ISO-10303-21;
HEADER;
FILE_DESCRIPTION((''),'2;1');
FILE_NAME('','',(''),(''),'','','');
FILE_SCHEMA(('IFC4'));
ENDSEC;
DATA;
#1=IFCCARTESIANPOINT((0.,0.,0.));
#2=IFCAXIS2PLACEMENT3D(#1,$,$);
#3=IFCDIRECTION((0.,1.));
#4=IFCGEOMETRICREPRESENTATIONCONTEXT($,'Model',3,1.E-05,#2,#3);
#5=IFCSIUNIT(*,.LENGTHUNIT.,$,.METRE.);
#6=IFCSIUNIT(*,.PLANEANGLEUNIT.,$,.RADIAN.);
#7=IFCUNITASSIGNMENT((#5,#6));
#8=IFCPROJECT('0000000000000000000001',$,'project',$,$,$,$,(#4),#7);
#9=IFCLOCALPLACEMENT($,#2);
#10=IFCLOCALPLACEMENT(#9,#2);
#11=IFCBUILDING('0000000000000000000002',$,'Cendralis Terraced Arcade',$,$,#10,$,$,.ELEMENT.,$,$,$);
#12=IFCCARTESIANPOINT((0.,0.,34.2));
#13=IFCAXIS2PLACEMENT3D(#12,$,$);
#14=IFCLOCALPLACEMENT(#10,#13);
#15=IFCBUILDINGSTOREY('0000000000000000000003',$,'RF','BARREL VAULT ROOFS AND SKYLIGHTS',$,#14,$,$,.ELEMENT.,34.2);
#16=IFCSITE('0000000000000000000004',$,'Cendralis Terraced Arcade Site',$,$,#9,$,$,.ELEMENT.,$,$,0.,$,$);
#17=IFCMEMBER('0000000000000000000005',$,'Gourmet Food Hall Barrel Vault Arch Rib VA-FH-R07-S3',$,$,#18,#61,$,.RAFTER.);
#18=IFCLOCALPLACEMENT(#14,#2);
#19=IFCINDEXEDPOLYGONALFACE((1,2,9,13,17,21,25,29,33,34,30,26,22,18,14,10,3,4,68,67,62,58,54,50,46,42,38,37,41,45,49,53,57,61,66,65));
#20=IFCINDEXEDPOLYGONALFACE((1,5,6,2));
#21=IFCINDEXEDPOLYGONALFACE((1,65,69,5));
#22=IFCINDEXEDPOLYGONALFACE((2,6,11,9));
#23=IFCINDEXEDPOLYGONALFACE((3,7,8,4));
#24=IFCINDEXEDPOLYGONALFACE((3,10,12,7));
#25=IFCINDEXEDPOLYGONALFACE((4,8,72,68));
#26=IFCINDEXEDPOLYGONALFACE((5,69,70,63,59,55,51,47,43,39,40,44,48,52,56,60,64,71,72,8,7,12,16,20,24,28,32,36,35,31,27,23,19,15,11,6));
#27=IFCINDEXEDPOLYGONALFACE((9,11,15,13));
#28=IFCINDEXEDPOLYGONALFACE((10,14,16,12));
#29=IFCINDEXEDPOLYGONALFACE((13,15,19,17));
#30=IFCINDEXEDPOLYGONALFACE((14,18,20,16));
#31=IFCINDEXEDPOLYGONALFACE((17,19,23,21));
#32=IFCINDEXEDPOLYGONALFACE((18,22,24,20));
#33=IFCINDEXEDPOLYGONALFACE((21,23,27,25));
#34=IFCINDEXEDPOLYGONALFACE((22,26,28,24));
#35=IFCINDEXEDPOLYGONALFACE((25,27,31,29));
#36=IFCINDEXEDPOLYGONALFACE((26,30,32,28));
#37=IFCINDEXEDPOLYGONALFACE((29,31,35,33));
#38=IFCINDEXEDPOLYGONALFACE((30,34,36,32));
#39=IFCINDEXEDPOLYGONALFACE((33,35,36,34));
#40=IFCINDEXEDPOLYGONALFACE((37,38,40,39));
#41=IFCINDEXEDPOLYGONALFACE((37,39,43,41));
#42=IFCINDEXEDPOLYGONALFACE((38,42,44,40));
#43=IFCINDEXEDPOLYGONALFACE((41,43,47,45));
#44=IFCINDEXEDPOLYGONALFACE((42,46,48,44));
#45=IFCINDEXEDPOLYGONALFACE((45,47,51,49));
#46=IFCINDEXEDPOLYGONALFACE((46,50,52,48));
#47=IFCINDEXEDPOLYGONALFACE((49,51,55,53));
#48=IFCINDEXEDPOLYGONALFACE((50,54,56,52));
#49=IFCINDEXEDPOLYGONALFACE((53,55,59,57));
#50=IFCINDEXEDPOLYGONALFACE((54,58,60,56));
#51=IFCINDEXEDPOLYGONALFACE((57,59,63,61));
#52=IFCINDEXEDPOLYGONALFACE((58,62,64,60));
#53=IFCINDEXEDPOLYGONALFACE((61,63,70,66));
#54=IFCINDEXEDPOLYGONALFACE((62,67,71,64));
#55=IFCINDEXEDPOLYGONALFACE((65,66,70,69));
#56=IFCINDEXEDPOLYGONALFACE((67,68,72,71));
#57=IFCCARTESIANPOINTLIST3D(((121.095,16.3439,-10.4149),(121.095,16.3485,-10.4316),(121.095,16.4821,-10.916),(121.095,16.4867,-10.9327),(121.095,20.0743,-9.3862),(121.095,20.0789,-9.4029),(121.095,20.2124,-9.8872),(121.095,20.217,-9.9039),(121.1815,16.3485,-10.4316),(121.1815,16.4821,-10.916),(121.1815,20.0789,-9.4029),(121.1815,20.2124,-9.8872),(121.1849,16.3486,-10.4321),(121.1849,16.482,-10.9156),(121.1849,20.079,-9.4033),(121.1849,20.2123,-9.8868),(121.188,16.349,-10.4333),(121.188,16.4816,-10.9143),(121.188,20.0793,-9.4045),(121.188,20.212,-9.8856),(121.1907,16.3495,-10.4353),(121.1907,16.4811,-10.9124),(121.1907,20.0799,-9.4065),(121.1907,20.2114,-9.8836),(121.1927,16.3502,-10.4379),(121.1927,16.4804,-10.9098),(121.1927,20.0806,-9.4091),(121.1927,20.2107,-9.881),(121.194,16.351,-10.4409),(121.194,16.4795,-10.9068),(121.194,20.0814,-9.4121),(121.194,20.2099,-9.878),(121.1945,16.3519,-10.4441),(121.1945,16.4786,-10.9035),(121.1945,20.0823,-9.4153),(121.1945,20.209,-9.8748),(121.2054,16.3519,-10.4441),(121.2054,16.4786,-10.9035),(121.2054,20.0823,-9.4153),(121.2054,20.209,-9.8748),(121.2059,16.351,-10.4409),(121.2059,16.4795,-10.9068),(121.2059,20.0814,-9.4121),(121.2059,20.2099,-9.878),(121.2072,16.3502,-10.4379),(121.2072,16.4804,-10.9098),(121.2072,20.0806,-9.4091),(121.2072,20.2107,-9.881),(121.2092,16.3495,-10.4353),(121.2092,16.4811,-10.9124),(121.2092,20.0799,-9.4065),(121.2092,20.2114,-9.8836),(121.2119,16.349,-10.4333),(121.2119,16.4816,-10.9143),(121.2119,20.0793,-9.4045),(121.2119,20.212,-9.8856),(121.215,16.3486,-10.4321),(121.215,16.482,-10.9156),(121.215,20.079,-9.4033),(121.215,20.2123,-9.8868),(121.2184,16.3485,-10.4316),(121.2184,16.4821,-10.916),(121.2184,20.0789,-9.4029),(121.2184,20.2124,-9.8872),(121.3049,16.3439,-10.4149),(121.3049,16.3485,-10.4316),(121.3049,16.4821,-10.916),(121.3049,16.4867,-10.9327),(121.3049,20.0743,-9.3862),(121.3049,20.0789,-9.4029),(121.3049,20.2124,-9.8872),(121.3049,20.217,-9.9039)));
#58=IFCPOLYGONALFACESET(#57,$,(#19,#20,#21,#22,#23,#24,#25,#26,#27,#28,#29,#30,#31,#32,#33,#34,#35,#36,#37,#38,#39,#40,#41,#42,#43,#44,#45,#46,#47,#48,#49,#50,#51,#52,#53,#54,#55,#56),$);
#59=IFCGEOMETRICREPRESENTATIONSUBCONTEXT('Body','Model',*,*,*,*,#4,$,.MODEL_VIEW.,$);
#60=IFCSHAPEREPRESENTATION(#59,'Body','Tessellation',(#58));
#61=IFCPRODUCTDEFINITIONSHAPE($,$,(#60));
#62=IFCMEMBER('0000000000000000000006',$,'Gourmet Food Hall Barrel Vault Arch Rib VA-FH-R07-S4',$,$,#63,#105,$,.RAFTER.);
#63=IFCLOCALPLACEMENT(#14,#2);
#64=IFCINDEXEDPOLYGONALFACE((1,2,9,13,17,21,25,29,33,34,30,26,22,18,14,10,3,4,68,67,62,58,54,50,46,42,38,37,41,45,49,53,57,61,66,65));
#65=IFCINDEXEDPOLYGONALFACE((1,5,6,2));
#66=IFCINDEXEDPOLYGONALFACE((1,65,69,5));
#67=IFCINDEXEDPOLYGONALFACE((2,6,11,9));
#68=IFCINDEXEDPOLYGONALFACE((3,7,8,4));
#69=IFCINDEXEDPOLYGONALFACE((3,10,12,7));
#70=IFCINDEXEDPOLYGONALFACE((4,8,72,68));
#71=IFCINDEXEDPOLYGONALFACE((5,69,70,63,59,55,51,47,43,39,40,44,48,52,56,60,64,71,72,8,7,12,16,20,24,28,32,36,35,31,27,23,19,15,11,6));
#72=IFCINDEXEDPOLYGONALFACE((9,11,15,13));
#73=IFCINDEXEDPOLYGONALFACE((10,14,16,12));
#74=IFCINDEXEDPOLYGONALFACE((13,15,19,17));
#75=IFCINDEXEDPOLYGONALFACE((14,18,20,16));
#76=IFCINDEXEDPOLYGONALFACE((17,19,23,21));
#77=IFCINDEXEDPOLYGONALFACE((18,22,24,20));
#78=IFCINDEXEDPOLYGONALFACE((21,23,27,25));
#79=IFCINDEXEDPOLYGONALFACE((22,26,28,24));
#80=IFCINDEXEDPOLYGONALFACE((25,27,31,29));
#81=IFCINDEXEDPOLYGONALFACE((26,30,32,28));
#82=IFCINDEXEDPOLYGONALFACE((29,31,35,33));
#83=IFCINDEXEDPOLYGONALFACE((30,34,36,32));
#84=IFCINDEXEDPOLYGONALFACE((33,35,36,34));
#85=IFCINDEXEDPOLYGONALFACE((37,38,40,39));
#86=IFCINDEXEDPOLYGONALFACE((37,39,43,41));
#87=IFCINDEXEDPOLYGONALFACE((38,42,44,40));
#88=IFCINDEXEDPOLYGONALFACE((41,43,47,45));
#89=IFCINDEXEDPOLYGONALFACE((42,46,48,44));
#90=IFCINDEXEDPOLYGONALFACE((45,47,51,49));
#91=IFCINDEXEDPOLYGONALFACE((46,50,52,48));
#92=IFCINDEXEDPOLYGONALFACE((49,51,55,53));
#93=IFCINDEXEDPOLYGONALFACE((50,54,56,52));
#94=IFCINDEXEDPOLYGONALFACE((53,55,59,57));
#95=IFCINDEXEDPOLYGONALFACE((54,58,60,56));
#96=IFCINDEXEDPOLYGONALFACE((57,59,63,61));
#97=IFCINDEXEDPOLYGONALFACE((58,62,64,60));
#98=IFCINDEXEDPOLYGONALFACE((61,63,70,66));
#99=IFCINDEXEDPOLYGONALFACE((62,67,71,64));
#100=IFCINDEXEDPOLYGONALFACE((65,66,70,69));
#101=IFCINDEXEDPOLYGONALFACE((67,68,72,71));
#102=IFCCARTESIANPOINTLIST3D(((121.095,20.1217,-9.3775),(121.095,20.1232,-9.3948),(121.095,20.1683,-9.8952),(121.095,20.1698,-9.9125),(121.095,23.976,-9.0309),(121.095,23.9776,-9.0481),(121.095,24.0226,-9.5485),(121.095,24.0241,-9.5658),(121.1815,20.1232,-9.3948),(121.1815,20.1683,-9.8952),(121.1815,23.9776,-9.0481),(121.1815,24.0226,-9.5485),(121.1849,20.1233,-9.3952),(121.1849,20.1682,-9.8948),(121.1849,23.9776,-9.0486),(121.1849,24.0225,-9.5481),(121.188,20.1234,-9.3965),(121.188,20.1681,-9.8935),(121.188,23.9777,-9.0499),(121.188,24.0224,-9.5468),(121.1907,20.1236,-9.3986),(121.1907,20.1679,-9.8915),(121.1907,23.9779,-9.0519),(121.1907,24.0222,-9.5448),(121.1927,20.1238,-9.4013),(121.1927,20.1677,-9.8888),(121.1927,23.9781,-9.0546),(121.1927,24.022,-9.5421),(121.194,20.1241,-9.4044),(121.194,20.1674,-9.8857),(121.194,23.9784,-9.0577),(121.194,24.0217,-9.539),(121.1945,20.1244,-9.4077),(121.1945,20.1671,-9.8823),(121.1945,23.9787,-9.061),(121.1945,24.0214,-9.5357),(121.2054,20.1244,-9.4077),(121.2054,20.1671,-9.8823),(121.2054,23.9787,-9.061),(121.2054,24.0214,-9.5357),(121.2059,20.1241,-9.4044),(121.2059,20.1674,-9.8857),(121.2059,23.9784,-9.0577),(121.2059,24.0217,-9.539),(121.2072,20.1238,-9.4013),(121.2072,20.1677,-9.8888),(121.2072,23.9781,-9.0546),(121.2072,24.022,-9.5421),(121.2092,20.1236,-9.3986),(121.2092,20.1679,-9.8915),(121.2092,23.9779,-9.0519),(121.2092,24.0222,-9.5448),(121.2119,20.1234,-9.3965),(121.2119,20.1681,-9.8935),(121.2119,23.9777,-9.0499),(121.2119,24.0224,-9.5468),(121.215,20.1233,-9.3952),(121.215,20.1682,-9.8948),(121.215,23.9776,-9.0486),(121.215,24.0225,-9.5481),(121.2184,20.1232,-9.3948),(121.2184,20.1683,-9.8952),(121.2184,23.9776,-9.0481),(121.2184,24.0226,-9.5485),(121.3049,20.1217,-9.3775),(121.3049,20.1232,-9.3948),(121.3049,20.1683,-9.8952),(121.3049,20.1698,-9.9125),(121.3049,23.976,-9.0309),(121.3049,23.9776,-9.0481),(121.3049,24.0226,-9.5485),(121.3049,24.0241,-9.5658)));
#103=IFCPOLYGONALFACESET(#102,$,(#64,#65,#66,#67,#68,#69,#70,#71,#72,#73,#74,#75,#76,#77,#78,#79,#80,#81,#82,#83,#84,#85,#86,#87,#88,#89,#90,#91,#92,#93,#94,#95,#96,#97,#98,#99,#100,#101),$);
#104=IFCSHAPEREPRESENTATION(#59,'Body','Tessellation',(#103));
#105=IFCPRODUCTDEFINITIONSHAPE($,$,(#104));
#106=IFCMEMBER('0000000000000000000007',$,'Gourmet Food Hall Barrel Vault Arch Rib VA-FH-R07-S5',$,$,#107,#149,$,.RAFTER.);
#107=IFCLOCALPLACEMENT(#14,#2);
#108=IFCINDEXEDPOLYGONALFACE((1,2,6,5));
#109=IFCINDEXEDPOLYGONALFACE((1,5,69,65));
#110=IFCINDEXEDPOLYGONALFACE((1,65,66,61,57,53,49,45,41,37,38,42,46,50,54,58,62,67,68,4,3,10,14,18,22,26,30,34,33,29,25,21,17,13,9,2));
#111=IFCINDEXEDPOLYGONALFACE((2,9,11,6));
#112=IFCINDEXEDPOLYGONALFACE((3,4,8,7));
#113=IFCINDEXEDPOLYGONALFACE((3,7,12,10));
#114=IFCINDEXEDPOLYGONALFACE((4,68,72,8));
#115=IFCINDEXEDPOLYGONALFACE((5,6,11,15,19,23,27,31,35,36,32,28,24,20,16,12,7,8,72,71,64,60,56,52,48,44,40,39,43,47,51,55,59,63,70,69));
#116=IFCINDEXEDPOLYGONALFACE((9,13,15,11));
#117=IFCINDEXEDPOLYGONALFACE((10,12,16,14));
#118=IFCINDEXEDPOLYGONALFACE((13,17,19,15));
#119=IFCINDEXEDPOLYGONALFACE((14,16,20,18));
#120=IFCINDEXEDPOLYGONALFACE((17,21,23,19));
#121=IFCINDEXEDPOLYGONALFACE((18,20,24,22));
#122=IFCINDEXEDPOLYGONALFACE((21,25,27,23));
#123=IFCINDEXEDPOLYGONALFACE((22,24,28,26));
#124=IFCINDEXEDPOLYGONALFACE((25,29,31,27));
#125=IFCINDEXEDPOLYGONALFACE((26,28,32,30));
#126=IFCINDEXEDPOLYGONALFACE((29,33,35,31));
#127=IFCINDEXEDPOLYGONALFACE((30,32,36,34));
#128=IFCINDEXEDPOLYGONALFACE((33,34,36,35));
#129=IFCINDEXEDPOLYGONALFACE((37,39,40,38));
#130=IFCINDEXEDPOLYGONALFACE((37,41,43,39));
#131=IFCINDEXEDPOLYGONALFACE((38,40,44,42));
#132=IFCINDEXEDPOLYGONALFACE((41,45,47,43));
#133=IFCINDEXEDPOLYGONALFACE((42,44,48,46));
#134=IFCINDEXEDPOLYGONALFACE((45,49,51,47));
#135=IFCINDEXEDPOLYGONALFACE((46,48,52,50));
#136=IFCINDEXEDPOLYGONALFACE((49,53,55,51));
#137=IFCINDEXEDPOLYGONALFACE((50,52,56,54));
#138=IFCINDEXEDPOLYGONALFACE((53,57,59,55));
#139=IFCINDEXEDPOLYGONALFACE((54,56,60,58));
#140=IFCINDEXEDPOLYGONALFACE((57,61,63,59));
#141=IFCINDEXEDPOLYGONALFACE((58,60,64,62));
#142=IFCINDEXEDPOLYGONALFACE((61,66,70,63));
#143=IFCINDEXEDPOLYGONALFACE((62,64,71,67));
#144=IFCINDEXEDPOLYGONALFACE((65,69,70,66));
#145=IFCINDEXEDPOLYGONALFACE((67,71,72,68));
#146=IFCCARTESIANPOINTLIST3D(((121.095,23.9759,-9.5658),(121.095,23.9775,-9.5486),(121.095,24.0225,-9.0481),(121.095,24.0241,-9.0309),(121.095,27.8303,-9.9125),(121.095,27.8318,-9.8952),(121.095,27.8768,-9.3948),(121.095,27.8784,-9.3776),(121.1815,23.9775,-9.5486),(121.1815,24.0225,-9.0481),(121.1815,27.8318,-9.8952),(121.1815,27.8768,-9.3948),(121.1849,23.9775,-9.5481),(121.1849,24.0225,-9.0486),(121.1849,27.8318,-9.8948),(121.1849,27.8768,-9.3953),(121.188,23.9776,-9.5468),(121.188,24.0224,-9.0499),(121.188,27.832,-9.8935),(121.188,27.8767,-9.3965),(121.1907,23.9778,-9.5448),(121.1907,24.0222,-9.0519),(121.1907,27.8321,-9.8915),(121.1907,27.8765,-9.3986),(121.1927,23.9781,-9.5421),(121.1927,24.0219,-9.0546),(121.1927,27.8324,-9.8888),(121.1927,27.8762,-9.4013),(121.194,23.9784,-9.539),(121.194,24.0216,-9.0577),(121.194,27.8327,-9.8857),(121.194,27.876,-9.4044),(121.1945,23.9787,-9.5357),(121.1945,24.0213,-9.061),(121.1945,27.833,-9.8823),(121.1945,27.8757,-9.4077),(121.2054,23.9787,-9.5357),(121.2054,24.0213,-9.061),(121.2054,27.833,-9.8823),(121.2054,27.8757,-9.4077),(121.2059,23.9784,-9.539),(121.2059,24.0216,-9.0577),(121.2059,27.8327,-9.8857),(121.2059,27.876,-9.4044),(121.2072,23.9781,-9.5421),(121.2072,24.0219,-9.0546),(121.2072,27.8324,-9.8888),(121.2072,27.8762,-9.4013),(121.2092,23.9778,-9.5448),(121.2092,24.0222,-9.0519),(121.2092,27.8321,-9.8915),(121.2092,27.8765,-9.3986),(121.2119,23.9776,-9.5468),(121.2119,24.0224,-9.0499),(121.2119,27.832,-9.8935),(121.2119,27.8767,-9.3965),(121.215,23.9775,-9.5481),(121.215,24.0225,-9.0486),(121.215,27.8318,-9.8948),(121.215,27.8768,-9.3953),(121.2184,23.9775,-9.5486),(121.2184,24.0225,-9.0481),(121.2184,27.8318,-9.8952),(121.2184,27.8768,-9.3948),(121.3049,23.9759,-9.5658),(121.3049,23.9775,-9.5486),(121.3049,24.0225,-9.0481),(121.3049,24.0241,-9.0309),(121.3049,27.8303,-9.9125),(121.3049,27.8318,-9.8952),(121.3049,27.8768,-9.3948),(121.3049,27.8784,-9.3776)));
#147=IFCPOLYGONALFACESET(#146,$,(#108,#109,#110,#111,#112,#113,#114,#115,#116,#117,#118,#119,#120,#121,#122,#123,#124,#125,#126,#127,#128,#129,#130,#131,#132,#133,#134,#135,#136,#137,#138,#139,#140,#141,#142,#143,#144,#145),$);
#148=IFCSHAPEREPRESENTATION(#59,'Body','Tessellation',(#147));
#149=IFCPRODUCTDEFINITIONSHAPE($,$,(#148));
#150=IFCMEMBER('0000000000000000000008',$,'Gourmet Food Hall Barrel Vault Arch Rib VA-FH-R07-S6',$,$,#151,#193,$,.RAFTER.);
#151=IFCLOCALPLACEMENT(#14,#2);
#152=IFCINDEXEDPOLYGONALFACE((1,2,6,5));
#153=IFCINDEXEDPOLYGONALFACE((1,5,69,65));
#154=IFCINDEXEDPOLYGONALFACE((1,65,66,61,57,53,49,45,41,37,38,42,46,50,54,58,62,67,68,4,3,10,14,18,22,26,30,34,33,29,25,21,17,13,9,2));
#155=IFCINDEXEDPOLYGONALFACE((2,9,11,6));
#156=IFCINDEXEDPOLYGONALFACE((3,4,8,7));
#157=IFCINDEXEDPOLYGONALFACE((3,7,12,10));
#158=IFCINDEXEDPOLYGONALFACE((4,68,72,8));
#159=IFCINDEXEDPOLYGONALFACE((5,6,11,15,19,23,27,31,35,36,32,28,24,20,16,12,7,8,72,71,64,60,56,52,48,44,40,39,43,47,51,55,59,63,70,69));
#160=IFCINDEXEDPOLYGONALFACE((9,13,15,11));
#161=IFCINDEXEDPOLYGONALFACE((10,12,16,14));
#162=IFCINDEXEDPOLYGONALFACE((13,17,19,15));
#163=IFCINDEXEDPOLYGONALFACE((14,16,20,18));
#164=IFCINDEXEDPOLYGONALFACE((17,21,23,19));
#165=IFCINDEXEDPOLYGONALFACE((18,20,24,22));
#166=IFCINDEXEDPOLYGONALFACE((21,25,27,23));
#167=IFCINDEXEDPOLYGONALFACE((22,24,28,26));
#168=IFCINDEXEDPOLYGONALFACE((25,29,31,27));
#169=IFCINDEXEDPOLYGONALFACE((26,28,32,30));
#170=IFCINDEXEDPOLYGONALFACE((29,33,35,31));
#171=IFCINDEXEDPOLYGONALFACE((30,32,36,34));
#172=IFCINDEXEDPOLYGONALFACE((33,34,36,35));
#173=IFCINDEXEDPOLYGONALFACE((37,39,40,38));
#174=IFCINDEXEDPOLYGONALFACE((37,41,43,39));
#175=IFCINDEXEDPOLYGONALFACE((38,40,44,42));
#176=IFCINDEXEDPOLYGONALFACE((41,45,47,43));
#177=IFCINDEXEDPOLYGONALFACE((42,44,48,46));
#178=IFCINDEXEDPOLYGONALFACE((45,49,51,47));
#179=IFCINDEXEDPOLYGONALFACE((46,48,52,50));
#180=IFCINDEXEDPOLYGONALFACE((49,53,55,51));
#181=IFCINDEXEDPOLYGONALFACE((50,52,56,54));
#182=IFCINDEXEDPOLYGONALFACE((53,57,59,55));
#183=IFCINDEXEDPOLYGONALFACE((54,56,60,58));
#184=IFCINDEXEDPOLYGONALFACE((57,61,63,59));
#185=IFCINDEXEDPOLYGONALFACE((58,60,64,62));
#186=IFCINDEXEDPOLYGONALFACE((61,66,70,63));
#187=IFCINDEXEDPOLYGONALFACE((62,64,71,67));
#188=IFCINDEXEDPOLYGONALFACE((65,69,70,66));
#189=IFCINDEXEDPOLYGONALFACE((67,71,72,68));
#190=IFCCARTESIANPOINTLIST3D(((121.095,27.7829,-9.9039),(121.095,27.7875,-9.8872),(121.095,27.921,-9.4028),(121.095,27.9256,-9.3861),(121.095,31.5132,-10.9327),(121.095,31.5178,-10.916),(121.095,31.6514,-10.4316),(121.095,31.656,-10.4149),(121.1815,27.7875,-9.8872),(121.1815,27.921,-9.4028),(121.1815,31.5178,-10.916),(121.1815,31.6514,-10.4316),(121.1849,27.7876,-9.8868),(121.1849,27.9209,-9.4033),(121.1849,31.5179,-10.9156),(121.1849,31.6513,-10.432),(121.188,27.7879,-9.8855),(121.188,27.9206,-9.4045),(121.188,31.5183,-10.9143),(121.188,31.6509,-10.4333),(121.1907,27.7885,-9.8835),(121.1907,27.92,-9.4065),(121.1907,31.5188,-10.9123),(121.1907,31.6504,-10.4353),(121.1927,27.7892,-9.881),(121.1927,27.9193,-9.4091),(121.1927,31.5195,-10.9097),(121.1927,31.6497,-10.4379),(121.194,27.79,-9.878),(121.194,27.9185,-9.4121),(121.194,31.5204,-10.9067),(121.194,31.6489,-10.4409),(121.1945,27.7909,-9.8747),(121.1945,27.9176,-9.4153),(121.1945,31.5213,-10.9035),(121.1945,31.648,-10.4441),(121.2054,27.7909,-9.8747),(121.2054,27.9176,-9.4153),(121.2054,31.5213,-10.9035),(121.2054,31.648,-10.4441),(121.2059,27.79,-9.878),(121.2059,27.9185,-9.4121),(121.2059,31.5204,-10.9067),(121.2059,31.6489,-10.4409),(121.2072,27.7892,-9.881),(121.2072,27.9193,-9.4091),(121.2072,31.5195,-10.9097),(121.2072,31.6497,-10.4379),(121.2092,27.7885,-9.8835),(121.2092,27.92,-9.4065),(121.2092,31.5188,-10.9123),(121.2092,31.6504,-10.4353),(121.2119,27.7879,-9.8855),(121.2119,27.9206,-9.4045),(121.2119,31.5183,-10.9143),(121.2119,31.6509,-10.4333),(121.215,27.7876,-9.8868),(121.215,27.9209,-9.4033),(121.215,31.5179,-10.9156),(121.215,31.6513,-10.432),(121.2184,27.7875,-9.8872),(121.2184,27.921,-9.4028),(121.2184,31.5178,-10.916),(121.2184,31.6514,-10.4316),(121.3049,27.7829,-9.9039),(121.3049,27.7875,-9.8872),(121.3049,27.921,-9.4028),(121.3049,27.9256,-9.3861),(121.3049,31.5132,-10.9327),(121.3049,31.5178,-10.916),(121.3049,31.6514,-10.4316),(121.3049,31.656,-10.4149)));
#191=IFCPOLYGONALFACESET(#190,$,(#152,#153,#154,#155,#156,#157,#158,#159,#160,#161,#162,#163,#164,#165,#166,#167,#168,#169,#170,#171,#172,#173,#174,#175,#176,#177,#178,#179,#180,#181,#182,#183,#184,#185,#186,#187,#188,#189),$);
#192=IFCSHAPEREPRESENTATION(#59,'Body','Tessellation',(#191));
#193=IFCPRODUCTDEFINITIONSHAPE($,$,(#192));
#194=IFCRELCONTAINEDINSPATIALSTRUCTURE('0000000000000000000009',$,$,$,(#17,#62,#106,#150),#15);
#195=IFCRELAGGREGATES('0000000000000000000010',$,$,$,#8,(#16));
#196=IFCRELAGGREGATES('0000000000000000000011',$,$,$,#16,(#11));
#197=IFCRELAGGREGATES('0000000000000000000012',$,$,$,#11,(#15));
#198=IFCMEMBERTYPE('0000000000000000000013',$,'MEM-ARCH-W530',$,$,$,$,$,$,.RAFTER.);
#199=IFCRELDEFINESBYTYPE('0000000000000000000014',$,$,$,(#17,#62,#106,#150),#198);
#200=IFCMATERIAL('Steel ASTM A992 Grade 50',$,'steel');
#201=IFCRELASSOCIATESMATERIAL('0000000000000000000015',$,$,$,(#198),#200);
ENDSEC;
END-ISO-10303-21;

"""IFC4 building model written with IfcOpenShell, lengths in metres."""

from ifc_helpers import new_model, si_unit, direction, frame, origin, origin_2d, place, context, subcontext, project, spatial, i_section, extrude, material, material_profile, profile_set, type_object, element, save


model = new_model("IFC4")

# Units and contexts
model_context = context("Model", 3, precision=1e-05, world=origin(), true_north=direction((0.0, 1.0)))
body_context = subcontext(model_context, "Body", "Model", "MODEL_VIEW")
ifc_project = project(units=[si_unit("LENGTHUNIT", "METRE"), si_unit("PLANEANGLEUNIT", "RADIAN")], contexts=[model_context])

# Site, building, storey
site_placement = place(None, origin())
site = spatial("IfcSite", under=ifc_project, at=site_placement, Name="Cendralis Terraced Arcade Site", CompositionType="ELEMENT", RefElevation=0.0)
building_placement = place(site_placement, origin())
building = spatial("IfcBuilding", under=site, at=building_placement, Name="Cendralis Terraced Arcade", CompositionType="ELEMENT")
storey_placement = place(building_placement, frame((0.0, 0.0, 34.2)))
storey = spatial("IfcBuildingStorey", under=building, at=storey_placement, Name="RF", Description="BARREL VAULT ROOFS AND SKYLIGHTS", CompositionType="ELEMENT", Elevation=34.2)

# Members
ifc_material_1 = material(Name="Steel ASTM A992 Grade 50", Category="steel")
ifc_material_profile_1 = material_profile(ifc_material_1, i_section(OverallWidth=0.21, OverallDepth=0.5371, WebThickness=0.011, FlangeThickness=0.0173, FilletRadius=0.0129, at=origin_2d()), Name="W530X101", Category="LoadBearing")
ifc_profile_set_1 = profile_set([ifc_material_profile_1], Name="Steel ASTM A992 Grade 50")
member_type_1 = type_object("IfcMemberType", Name="MEM-ARCH-W530", PredefinedType="RAFTER", material=ifc_profile_set_1)
member_1_placement = place(storey_placement, frame((121.2, 16.4153, -10.6738), z_axis=(0.0, 0.964012, 0.26586), x_axis=(-1.0, 0.0, 0.0)))
element("IfcMember", 1, at=member_1_placement, inside=storey, type_object=member_type_1, Name="Gourmet Food Hall Barrel Vault Arch Rib VA-FH-R07-S3", PredefinedType="RAFTER", context=body_context, shape_type="SweptSolid", body=[
    extrude(i_section(OverallWidth=0.21, OverallDepth=0.5371, WebThickness=0.011, FlangeThickness=0.0173, FilletRadius=0.0129, at=origin_2d()), origin(), (0.0, 0.0, 1.0), 3.8696),
])
for number, where, z_axis, x_axis, name in (
    (2, (121.2, 20.1458, -9.645), (0.0, 0.995979, 0.089586), (-1.0, 0.0, 0.0), "Gourmet Food Hall Barrel Vault Arch Rib VA-FH-R07-S4"),
    (3, (121.2, 24.0, -9.2983), (0.0, 0.995979, -0.089586), (-1.0, 0.0, 0.0), "Gourmet Food Hall Barrel Vault Arch Rib VA-FH-R07-S5"),
):
    element("IfcMember", number, at=place(storey_placement, frame(where, z_axis=z_axis, x_axis=x_axis)), inside=storey, type_object=member_type_1, Name=name, PredefinedType="RAFTER", context=body_context, shape_type="SweptSolid", body=[
        extrude(i_section(OverallWidth=0.21, OverallDepth=0.5371, WebThickness=0.011, FlangeThickness=0.0173, FilletRadius=0.0129, at=origin_2d()), origin(), (0.0, 0.0, 1.0), 3.8699),
    ])
member_2_placement = place(storey_placement, frame((121.2, 27.8542, -9.645), z_axis=(0.0, 0.964012, -0.26586), x_axis=(-1.0, 0.0, 0.0)))
element("IfcMember", 4, at=member_2_placement, inside=storey, type_object=member_type_1, Name="Gourmet Food Hall Barrel Vault Arch Rib VA-FH-R07-S6", PredefinedType="RAFTER", context=body_context, shape_type="SweptSolid", body=[
    extrude(i_section(OverallWidth=0.21, OverallDepth=0.5371, WebThickness=0.011, FlangeThickness=0.0173, FilletRadius=0.0129, at=origin_2d()), origin(), (0.0, 0.0, 1.0), 3.8696),
])

save(model, "model.ifc")
